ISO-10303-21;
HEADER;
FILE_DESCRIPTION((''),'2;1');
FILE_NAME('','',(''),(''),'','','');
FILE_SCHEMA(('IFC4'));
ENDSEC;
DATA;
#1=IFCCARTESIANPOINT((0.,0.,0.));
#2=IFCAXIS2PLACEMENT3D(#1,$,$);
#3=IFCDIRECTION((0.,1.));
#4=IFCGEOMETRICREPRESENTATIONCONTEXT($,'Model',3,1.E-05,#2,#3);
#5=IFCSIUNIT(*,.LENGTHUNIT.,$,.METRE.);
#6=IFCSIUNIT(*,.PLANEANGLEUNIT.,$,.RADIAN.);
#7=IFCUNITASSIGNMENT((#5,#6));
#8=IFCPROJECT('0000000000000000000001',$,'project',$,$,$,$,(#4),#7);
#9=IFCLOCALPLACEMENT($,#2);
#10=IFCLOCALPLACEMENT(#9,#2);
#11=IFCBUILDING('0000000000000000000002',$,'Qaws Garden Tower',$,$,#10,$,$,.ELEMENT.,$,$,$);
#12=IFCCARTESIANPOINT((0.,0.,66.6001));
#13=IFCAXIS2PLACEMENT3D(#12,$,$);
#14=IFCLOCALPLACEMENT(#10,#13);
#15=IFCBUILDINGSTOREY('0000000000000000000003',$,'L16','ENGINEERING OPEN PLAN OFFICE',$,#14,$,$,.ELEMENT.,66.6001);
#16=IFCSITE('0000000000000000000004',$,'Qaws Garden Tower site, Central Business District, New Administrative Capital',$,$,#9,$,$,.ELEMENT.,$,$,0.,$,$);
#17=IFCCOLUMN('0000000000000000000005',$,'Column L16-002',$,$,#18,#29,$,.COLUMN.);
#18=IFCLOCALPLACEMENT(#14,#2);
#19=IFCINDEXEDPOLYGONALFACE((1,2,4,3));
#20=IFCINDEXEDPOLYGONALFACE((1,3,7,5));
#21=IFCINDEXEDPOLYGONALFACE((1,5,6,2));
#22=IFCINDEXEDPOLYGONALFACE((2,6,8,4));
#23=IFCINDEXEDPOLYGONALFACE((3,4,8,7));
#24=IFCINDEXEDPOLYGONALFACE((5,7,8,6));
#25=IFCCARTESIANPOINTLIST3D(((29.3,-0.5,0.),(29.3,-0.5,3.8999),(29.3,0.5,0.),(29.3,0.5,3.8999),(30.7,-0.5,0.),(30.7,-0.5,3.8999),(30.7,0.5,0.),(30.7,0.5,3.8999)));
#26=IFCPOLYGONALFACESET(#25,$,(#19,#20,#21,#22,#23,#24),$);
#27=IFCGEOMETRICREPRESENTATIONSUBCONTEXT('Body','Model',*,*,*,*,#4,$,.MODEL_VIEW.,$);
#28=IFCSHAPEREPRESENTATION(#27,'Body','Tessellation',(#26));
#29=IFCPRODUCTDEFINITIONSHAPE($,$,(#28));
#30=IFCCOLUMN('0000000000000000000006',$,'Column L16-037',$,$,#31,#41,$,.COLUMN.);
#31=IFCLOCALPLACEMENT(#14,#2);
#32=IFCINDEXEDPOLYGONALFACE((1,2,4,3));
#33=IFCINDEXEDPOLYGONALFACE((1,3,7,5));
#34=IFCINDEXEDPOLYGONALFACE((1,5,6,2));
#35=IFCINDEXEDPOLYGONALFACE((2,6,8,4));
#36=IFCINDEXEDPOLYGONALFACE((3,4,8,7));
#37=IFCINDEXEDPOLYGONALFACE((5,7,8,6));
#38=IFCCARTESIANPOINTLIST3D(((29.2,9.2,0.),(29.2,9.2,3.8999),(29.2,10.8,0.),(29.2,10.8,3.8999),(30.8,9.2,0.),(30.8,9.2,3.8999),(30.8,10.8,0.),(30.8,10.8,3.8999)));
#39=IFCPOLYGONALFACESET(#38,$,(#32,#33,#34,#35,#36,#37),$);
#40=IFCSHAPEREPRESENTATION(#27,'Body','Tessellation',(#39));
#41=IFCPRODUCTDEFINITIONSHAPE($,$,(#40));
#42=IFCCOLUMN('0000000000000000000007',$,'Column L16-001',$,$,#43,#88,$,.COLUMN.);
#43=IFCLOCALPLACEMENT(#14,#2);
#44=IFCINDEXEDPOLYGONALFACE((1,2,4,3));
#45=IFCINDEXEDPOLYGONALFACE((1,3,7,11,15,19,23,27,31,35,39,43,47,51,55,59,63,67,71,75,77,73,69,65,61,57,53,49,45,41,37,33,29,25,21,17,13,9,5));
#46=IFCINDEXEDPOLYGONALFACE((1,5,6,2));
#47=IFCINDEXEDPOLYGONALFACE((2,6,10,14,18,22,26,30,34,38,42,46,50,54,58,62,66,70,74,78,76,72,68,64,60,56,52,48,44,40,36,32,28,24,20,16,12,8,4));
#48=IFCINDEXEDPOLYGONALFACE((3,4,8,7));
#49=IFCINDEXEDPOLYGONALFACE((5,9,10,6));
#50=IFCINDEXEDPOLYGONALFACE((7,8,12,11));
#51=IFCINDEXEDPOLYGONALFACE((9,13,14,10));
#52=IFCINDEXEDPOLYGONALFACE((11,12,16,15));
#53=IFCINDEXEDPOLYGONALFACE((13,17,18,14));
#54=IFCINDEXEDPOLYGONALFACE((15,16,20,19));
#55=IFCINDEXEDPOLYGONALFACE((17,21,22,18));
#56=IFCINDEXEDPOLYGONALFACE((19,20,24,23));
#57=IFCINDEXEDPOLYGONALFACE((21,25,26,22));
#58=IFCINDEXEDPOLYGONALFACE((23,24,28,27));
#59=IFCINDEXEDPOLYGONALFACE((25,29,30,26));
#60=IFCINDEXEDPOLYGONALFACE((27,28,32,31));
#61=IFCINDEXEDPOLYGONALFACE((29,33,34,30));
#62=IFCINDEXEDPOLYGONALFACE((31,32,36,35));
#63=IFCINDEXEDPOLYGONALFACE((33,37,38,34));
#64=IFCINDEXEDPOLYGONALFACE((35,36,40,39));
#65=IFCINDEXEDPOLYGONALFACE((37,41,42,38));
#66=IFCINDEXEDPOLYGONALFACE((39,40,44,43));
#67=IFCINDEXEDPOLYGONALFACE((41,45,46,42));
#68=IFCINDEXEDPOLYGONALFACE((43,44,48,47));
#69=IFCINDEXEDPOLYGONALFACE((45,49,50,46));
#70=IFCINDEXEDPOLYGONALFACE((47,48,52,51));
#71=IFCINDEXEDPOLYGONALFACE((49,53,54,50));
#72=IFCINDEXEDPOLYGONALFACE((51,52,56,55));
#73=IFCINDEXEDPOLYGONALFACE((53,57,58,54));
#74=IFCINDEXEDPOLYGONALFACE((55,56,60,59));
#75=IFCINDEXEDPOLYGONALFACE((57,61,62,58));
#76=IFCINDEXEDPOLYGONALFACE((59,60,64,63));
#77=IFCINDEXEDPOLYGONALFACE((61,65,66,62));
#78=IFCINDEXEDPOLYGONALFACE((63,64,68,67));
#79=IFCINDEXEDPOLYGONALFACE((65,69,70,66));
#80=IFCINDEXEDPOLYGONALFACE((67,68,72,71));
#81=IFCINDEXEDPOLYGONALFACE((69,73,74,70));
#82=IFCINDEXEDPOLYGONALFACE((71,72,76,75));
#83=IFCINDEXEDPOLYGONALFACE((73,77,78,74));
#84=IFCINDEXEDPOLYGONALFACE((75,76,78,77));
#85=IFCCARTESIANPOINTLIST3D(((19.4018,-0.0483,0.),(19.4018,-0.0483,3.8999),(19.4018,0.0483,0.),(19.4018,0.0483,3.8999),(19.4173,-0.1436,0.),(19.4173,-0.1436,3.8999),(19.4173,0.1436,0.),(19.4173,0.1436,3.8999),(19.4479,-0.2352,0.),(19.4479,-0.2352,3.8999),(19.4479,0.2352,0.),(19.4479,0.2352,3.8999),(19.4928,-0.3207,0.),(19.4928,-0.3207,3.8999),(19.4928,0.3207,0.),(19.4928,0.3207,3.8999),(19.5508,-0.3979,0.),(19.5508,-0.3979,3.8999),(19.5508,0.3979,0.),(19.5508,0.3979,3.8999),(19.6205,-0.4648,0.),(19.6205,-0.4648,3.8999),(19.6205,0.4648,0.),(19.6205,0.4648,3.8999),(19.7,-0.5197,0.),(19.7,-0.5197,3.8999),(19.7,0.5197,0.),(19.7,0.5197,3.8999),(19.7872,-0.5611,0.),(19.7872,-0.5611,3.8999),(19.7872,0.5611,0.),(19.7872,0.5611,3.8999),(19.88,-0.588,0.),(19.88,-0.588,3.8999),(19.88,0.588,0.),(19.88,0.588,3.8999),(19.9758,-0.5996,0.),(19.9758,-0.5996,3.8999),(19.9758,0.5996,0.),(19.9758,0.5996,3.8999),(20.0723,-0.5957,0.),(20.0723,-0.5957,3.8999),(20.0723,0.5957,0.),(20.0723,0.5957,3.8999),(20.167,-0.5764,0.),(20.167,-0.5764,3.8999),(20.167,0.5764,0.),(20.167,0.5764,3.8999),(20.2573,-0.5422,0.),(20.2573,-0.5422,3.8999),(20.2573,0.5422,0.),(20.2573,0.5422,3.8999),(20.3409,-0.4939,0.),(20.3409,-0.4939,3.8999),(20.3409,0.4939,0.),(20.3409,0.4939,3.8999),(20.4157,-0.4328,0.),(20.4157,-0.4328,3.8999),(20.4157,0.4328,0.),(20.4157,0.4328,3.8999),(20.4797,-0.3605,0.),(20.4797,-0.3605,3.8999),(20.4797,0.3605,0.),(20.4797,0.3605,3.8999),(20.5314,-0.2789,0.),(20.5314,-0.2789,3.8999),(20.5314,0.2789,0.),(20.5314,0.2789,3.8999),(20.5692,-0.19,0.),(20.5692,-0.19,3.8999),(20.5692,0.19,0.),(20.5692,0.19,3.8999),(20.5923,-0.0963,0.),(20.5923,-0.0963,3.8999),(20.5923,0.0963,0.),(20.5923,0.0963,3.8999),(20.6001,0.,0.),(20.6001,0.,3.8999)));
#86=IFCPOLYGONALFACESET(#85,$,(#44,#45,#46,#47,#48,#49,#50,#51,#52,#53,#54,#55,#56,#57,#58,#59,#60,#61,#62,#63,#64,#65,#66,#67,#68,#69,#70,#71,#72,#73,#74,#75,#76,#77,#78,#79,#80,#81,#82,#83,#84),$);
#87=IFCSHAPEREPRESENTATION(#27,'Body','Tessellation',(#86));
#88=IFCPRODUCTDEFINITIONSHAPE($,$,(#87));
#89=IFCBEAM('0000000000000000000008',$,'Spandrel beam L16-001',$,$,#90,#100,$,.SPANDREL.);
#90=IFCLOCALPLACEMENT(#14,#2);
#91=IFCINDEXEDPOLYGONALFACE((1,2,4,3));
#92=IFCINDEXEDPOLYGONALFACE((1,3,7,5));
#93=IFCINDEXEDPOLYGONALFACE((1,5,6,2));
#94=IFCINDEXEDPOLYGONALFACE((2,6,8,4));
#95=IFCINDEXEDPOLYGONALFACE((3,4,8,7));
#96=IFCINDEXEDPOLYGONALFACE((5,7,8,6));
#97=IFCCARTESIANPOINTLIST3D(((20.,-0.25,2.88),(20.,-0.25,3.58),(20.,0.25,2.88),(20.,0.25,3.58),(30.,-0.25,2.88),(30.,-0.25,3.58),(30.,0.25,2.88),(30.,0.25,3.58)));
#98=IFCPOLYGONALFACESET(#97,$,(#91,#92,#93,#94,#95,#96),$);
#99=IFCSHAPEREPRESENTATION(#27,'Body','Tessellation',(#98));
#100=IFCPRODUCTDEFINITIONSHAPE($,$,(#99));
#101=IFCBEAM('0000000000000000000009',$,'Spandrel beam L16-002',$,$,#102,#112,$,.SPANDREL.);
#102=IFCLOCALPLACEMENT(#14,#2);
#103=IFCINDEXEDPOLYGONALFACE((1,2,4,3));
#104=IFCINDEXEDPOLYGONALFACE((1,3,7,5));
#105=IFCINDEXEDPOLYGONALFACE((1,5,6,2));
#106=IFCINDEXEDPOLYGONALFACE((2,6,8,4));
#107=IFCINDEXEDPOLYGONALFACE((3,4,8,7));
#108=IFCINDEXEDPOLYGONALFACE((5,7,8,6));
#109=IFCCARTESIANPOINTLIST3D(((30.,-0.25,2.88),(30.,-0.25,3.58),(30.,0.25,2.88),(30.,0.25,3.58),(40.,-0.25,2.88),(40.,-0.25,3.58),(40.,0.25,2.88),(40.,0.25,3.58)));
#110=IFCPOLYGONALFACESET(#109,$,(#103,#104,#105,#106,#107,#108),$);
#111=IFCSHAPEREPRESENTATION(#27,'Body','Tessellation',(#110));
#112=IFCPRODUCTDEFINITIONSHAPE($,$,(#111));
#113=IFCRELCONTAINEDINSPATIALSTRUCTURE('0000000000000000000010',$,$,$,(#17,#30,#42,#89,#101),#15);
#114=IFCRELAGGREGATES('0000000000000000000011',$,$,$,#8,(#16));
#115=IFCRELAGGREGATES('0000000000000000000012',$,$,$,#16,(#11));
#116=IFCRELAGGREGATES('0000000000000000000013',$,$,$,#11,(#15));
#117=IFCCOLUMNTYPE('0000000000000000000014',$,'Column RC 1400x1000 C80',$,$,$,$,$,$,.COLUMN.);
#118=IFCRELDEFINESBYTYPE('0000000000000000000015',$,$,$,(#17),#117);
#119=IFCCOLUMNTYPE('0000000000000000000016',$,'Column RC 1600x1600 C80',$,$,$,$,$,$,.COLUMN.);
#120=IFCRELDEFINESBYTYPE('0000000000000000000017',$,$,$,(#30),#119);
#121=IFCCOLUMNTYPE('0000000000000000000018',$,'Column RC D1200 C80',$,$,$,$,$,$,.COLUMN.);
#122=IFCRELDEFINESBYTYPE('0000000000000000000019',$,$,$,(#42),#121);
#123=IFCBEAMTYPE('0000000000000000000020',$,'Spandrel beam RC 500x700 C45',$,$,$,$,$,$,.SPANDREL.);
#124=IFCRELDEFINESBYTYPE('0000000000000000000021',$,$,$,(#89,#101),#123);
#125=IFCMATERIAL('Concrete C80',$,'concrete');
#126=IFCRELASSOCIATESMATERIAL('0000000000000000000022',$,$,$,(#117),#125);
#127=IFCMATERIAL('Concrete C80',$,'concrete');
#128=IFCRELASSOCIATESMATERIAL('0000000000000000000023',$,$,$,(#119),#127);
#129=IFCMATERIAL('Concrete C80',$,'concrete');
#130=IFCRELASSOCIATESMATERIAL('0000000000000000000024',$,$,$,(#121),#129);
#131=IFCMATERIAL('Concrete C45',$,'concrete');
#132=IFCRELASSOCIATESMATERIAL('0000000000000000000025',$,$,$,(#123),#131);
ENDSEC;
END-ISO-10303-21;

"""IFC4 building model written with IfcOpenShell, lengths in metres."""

from ifc_helpers import new_model, si_unit, direction, frame, origin, origin_2d, place, context, subcontext, project, spatial, rectangle, circle, extrude, material, material_profile, profile_set, type_object, element, save


model = new_model("IFC4")

# Units and contexts
model_context = context("Model", 3, precision=1e-05, world=origin(), true_north=direction((0.0, 1.0)))
body_context = subcontext(model_context, "Body", "Model", "MODEL_VIEW")
ifc_project = project(units=[si_unit("LENGTHUNIT", "METRE"), si_unit("PLANEANGLEUNIT", "RADIAN")], contexts=[model_context])

# Site, building, storey
site_placement = place(None, origin())
site = spatial("IfcSite", under=ifc_project, at=site_placement, Name="Qaws Garden Tower site, Central Business District, New Administrative Capital", CompositionType="ELEMENT", RefElevation=0.0)
building_placement = place(site_placement, origin())
building = spatial("IfcBuilding", under=site, at=building_placement, Name="Qaws Garden Tower", CompositionType="ELEMENT")
storey_placement = place(building_placement, frame((0.0, 0.0, 66.6001)))
storey = spatial("IfcBuildingStorey", under=building, at=storey_placement, Name="L16", Description="ENGINEERING OPEN PLAN OFFICE", CompositionType="ELEMENT", Elevation=66.6001)

# Columns
ifc_material_1 = material(Name="Concrete C80", Category="concrete")
ifc_material_profile_1 = material_profile(ifc_material_1, rectangle(XDim=1.3999, YDim=1.0, at=origin_2d()), Name="RC 1400x1000")
ifc_profile_set_1 = profile_set([ifc_material_profile_1], Name="Concrete C80")
column_type_1 = type_object("IfcColumnType", Name="Column RC 1400x1000 C80", PredefinedType="COLUMN", material=ifc_profile_set_1)
column_1_placement = place(storey_placement, frame((30.0, 0.0, 0.0), z_axis=(0.0, 0.0, 1.0), x_axis=(1.0, 0.0, 0.0)))
element("IfcColumn", 1, at=column_1_placement, inside=storey, type_object=column_type_1, Name="Column L16-002", PredefinedType="COLUMN", context=body_context, shape_type="SweptSolid", body=[
    extrude(rectangle(XDim=1.3999, YDim=1.0, at=origin_2d()), origin(), (0.0, 0.0, 1.0), 3.8999),
])
ifc_material_2 = material(Name="Concrete C80", Category="concrete")
ifc_material_profile_2 = material_profile(ifc_material_2, rectangle(XDim=1.6001, YDim=1.6001, at=origin_2d()), Name="RC 1600x1600")
ifc_profile_set_2 = profile_set([ifc_material_profile_2], Name="Concrete C80")
column_type_2 = type_object("IfcColumnType", Name="Column RC 1600x1600 C80", PredefinedType="COLUMN", material=ifc_profile_set_2)
column_2_placement = place(storey_placement, frame((30.0, 10.0, 0.0), z_axis=(0.0, 0.0, 1.0), x_axis=(1.0, 0.0, 0.0)))
element("IfcColumn", 2, at=column_2_placement, inside=storey, type_object=column_type_2, Name="Column L16-037", PredefinedType="COLUMN", context=body_context, shape_type="SweptSolid", body=[
    extrude(rectangle(XDim=1.6001, YDim=1.6001, at=origin_2d()), origin(), (0.0, 0.0, 1.0), 3.8999),
])
ifc_material_3 = material(Name="Concrete C80", Category="concrete")
ifc_material_profile_3 = material_profile(ifc_material_3, circle(Radius=0.6001, at=origin_2d()), Name="RC D1200")
ifc_profile_set_3 = profile_set([ifc_material_profile_3], Name="Concrete C80")
column_type_3 = type_object("IfcColumnType", Name="Column RC D1200 C80", PredefinedType="COLUMN", material=ifc_profile_set_3)
column_3_placement = place(storey_placement, frame((20.0, 0.0, 0.0), z_axis=(0.0, 0.0, 1.0), x_axis=(1.0, 0.0, 0.0)))
element("IfcColumn", 3, at=column_3_placement, inside=storey, type_object=column_type_3, Name="Column L16-001", PredefinedType="COLUMN", context=body_context, shape_type="SweptSolid", body=[
    extrude(circle(Radius=0.6001, at=origin_2d()), origin(), (0.0, 0.0, 1.0), 3.8999),
])

# Beams
ifc_material_4 = material(Name="Concrete C45", Category="concrete")
ifc_material_profile_4 = material_profile(ifc_material_4, rectangle(XDim=0.5, YDim=0.7, at=origin_2d()), Name="RC 500x700")
ifc_profile_set_4 = profile_set([ifc_material_profile_4], Name="Concrete C45")
beam_type = type_object("IfcBeamType", Name="Spandrel beam RC 500x700 C45", PredefinedType="SPANDREL", material=ifc_profile_set_4)
for number, where, z_axis, x_axis, name in (
    (4, (20.0, 0.0, 3.23), (1.0, 0.0, 0.0), (0.0, 1.0, 0.0), "Spandrel beam L16-001"),
    (5, (30.0, 0.0, 3.23), (1.0, 0.0, 0.0), (0.0, 1.0, 0.0), "Spandrel beam L16-002"),
):
    element("IfcBeam", number, at=place(storey_placement, frame(where, z_axis=z_axis, x_axis=x_axis)), inside=storey, type_object=beam_type, Name=name, PredefinedType="SPANDREL", context=body_context, shape_type="SweptSolid", body=[
        extrude(rectangle(XDim=0.5, YDim=0.7, at=origin_2d()), origin(), (0.0, 0.0, 1.0), 10.0),
    ])

save(model, "model.ifc")
